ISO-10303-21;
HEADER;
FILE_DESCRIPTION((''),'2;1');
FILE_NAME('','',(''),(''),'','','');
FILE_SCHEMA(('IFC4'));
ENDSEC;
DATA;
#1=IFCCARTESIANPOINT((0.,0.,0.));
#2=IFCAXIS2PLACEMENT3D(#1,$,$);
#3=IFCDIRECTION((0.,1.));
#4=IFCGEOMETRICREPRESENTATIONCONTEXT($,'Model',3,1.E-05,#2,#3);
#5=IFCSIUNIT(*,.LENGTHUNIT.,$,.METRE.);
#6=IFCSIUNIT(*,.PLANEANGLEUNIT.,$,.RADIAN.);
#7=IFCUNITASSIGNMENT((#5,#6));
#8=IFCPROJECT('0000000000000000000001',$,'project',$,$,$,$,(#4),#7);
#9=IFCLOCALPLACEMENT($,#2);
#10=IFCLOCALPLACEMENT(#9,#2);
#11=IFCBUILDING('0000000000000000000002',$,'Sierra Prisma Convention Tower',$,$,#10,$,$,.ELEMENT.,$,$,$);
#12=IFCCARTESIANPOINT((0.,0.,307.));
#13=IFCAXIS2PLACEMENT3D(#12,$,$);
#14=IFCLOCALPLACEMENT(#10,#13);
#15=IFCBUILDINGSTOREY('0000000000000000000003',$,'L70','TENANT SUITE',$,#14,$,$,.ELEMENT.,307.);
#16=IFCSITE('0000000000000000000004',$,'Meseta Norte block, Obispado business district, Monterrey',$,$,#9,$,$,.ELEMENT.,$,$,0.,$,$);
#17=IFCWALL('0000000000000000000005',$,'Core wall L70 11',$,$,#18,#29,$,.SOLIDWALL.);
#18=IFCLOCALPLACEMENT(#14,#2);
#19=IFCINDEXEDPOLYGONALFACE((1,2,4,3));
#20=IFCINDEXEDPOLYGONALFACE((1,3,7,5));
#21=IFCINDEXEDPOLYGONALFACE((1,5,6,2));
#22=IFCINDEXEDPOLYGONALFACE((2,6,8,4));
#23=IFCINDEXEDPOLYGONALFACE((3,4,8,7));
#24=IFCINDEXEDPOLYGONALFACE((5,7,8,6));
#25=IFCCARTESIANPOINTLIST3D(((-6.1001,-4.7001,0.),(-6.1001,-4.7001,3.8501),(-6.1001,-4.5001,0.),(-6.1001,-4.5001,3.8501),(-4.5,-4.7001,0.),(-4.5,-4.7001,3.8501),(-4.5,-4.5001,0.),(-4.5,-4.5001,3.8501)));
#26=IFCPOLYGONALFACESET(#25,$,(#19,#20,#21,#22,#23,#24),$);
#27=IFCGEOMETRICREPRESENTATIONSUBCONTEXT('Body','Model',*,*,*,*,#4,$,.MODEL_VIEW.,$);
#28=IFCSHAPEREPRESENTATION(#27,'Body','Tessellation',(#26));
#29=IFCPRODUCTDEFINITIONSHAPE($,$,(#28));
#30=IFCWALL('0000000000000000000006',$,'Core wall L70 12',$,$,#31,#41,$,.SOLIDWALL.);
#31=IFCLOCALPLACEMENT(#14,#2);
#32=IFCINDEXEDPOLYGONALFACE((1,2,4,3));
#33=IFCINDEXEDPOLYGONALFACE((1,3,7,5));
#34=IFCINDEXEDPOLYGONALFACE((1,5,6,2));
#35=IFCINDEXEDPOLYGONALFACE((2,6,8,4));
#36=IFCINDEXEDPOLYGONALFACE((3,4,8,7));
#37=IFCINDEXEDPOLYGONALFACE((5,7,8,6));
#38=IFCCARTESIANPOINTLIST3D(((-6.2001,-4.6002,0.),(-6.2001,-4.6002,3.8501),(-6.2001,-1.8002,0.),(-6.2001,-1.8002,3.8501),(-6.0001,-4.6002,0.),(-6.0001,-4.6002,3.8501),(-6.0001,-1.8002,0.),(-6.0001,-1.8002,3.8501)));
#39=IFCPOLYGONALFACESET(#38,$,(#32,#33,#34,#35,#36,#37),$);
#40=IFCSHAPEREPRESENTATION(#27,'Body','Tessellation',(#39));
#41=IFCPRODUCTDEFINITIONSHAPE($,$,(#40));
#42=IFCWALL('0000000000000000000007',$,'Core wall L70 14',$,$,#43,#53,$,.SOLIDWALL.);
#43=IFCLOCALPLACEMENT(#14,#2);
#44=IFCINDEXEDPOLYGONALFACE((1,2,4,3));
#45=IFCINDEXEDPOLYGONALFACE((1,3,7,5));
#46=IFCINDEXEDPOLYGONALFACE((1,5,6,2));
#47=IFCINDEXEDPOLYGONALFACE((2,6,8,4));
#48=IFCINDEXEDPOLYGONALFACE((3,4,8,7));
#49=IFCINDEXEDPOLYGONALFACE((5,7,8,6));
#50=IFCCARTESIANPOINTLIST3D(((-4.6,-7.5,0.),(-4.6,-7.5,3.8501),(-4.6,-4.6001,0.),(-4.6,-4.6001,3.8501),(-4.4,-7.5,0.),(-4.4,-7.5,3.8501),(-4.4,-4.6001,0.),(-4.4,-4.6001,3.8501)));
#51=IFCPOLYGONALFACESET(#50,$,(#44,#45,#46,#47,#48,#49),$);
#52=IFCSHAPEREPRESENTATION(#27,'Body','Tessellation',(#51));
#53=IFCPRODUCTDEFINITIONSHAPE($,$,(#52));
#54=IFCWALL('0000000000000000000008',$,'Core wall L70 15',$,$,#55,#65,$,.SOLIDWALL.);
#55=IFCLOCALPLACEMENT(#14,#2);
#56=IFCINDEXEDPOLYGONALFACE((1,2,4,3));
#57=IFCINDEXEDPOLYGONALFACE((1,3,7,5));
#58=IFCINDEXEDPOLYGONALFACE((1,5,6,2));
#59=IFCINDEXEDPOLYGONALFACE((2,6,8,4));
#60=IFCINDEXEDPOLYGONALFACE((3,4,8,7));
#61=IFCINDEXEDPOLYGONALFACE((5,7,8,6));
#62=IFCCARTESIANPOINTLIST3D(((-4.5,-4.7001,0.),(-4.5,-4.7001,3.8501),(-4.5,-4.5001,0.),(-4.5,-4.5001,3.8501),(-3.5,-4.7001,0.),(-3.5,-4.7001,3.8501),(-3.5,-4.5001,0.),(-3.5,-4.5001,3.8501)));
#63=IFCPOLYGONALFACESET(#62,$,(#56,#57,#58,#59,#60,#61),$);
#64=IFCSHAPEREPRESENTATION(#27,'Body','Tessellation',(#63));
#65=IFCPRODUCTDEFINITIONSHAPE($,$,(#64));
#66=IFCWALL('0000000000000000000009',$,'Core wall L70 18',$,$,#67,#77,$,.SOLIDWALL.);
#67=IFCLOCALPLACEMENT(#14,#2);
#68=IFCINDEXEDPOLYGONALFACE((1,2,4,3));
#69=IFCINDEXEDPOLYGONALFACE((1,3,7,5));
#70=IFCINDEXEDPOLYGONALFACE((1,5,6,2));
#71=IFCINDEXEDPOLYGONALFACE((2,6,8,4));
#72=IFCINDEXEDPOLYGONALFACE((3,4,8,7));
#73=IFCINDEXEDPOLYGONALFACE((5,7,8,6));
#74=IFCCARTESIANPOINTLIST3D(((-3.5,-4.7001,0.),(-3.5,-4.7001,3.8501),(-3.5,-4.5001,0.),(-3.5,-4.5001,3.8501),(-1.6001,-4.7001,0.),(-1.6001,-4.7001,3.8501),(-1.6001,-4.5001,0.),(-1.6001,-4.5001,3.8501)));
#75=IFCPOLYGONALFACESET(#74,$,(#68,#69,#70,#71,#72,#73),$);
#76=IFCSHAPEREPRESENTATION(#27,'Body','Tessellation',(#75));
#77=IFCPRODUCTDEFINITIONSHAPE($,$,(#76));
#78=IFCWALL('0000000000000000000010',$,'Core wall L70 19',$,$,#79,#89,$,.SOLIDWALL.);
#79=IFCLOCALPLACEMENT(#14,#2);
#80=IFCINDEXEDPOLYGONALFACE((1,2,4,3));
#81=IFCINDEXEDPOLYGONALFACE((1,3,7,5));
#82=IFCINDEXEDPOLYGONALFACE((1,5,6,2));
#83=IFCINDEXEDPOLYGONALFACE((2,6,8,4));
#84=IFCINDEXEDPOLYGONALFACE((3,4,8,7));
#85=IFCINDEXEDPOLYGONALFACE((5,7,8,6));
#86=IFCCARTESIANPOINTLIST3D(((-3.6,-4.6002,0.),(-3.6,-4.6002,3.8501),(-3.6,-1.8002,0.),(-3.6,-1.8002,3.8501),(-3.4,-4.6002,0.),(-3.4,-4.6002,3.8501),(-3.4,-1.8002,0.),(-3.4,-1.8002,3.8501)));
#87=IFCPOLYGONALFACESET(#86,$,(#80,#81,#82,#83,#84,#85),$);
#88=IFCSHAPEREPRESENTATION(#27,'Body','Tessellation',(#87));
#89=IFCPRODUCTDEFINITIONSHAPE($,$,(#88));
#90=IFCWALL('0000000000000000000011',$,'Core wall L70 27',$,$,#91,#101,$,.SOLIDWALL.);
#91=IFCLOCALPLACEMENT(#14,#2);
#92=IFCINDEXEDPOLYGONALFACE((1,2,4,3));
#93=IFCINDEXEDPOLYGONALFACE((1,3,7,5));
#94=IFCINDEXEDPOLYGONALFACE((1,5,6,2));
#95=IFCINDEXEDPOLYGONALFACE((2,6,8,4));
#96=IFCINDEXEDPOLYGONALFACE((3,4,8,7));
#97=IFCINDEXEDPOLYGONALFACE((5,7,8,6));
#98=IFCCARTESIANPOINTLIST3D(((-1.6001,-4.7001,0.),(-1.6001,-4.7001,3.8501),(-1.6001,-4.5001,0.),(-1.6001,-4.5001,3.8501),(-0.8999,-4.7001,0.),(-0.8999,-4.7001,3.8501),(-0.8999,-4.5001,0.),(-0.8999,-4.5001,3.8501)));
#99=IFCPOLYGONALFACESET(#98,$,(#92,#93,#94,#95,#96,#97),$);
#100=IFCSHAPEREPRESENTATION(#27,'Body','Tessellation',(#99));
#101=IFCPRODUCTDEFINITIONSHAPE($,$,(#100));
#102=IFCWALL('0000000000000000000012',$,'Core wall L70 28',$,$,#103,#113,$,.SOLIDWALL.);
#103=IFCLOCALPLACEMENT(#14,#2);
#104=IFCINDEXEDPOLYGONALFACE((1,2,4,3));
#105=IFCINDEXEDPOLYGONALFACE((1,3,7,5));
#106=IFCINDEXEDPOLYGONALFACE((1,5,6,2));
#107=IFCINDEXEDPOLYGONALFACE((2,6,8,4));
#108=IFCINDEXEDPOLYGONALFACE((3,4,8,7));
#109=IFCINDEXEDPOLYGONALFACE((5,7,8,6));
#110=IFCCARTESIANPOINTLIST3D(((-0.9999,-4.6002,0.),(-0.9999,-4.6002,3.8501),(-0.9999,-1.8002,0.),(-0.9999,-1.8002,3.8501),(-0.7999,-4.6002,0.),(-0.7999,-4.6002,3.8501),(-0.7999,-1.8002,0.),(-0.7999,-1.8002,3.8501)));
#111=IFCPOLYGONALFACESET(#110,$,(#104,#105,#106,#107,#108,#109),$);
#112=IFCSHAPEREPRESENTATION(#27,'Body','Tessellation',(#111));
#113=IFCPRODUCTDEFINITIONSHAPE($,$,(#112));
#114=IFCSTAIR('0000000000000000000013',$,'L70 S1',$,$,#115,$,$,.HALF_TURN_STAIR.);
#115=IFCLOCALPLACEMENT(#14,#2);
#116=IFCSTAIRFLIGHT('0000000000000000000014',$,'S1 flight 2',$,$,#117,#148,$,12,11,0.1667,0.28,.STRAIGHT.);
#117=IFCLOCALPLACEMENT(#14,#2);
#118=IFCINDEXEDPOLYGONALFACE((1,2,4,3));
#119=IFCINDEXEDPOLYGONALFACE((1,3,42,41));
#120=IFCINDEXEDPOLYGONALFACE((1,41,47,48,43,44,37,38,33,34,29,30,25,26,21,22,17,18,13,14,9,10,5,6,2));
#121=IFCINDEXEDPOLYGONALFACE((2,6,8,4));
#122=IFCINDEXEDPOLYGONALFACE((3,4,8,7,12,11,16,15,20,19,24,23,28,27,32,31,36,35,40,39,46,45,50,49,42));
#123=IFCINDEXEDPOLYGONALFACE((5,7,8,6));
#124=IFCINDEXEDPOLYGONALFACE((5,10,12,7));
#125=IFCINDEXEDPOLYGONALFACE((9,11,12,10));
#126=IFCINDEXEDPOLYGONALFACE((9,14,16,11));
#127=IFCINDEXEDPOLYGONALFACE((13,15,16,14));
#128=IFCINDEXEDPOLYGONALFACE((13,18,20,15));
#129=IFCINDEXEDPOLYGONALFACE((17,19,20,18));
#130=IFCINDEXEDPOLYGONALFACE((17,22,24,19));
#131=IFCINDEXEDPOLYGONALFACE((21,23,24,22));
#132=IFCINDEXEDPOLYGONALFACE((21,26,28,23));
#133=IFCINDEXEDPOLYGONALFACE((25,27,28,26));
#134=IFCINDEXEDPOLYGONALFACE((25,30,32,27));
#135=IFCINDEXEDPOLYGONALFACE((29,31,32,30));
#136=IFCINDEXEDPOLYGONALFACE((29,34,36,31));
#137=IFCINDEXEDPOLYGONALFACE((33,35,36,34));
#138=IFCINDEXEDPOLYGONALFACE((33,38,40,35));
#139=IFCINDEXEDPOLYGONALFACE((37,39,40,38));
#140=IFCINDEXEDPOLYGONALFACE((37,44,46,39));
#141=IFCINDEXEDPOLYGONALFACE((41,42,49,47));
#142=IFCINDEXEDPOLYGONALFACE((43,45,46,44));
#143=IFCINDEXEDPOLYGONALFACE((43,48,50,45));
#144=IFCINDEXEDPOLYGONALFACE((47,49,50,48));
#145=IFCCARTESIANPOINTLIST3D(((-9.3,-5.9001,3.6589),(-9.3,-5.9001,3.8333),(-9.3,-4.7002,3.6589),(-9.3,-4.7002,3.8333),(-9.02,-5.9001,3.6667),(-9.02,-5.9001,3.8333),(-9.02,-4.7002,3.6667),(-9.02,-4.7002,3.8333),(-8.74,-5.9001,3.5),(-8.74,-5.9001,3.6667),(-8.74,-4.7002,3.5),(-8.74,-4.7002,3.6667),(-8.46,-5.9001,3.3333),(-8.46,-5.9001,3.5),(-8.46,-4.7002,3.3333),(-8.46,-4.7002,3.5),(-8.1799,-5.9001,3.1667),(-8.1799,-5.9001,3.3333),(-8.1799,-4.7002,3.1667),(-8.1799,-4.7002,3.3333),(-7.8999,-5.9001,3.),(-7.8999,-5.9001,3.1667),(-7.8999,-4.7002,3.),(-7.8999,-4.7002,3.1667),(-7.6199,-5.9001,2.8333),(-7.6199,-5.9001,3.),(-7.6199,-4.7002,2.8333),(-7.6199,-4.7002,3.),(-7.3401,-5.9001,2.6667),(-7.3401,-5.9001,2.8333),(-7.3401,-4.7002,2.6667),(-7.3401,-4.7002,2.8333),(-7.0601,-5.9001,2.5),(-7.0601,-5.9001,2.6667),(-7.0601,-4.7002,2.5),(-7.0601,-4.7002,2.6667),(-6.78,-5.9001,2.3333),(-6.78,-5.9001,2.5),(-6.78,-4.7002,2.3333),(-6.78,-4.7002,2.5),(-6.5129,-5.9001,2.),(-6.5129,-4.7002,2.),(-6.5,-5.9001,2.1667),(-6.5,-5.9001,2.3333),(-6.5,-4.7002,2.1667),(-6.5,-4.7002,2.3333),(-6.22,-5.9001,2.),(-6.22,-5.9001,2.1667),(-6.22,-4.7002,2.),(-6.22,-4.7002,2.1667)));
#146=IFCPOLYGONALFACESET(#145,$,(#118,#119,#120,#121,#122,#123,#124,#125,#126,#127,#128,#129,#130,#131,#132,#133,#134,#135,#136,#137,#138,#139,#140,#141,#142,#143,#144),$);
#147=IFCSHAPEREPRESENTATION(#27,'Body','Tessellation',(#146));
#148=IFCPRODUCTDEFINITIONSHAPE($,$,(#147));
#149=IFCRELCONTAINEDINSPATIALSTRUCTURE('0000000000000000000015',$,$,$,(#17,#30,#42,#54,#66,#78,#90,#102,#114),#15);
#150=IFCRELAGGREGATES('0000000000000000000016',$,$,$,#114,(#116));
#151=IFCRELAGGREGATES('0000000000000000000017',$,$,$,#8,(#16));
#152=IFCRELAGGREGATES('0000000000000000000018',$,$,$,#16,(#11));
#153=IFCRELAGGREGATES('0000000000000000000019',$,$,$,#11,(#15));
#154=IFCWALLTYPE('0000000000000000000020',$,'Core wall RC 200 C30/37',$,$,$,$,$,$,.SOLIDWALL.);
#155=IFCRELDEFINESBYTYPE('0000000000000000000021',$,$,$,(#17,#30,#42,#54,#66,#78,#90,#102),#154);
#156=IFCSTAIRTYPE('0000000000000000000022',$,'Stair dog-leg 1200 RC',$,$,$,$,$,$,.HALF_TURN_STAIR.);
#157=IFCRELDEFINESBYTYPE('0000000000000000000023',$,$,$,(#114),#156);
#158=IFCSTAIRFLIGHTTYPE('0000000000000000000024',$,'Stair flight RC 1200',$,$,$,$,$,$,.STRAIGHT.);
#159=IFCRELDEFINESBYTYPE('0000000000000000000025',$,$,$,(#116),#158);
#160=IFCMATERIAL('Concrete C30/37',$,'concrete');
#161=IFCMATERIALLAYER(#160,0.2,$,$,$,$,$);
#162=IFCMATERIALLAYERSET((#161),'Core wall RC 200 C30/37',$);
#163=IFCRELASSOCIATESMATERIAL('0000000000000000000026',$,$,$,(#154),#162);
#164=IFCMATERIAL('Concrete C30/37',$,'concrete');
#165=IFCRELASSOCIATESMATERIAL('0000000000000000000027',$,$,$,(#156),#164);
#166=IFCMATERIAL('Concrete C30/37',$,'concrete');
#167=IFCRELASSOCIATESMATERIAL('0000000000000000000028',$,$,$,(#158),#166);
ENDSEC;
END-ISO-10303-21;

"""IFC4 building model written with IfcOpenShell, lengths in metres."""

from ifc_helpers import new_model, si_unit, direction, frame, frame_2d, origin, place, context, subcontext, project, spatial, polyline, rectangle, outline, extrude, material, layer, layer_set, type_object, element, aggregate, save


model = new_model("IFC4")

# Units and contexts
model_context = context("Model", 3, precision=1e-05, world=origin(), true_north=direction((0.0, 1.0)))
body_context = subcontext(model_context, "Body", "Model", "MODEL_VIEW")
ifc_project = project(units=[si_unit("LENGTHUNIT", "METRE"), si_unit("PLANEANGLEUNIT", "RADIAN")], contexts=[model_context])

# Site, building, storey
site_placement = place(None, origin())
site = spatial("IfcSite", under=ifc_project, at=site_placement, Name="Meseta Norte block, Obispado business district, Monterrey", CompositionType="ELEMENT", RefElevation=0.0)
building_placement = place(site_placement, origin())
building = spatial("IfcBuilding", under=site, at=building_placement, Name="Sierra Prisma Convention Tower", CompositionType="ELEMENT")
storey_placement = place(building_placement, frame((0.0, 0.0, 307.0)))
storey = spatial("IfcBuildingStorey", under=building, at=storey_placement, Name="L70", Description="TENANT SUITE", CompositionType="ELEMENT", Elevation=307.0)

# Shared definitions
ifc_material_1 = material(Name="Concrete C30/37", Category="concrete")
ifc_layer_1 = layer(ifc_material_1, 0.2)
ifc_layer_set_1 = layer_set([ifc_layer_1], Name="Core wall RC 200 C30/37")
wall_type = type_object("IfcWallType", Name="Core wall RC 200 C30/37", PredefinedType="SOLIDWALL", material=ifc_layer_set_1)

# Walls
wall_1_placement = place(storey_placement, frame((-6.1001, -4.6001, 0.0), z_axis=(0.0, 0.0, 1.0), x_axis=(1.0, 0.0, 0.0)))
element("IfcWall", 1, at=wall_1_placement, inside=storey, type_object=wall_type, Name="Core wall L70 11", PredefinedType="SOLIDWALL", context=body_context, shape_type="SweptSolid", body=[
    extrude(rectangle(XDim=1.6001, YDim=0.2, at=frame_2d((0.8, 0.0))), origin(), (0.0, 0.0, 1.0), 3.8501),
])
wall_2_placement = place(storey_placement, frame((-6.1001, -4.6001, 0.0), z_axis=(0.0, 0.0, 1.0), x_axis=(0.0, 1.0, 0.0)))
element("IfcWall", 2, at=wall_2_placement, inside=storey, type_object=wall_type, Name="Core wall L70 12", PredefinedType="SOLIDWALL", context=body_context, shape_type="SweptSolid", body=[
    extrude(rectangle(XDim=2.8, YDim=0.2, at=frame_2d((1.3999, 0.0))), origin(), (0.0, 0.0, 1.0), 3.8501),
])

# Walls
wall_3_placement = place(storey_placement, frame((-4.5, -4.6001, 0.0), z_axis=(0.0, 0.0, 1.0), x_axis=(0.0, -1.0, 0.0)))
element("IfcWall", 3, at=wall_3_placement, inside=storey, type_object=wall_type, Name="Core wall L70 14", PredefinedType="SOLIDWALL", context=body_context, shape_type="SweptSolid", body=[
    extrude(rectangle(XDim=2.8999, YDim=0.2, at=frame_2d((1.45, 0.0))), origin(), (0.0, 0.0, 1.0), 3.8501),
])
wall_4_placement = place(storey_placement, frame((-4.5, -4.6001, 0.0), z_axis=(0.0, 0.0, 1.0), x_axis=(1.0, 0.0, 0.0)))
element("IfcWall", 4, at=wall_4_placement, inside=storey, type_object=wall_type, Name="Core wall L70 15", PredefinedType="SOLIDWALL", context=body_context, shape_type="SweptSolid", body=[
    extrude(rectangle(XDim=1.0, YDim=0.2, at=frame_2d((0.5, 0.0))), origin(), (0.0, 0.0, 1.0), 3.8501),
])
wall_5_placement = place(storey_placement, frame((-3.5, -4.6001, 0.0), z_axis=(0.0, 0.0, 1.0), x_axis=(1.0, 0.0, 0.0)))
element("IfcWall", 5, at=wall_5_placement, inside=storey, type_object=wall_type, Name="Core wall L70 18", PredefinedType="SOLIDWALL", context=body_context, shape_type="SweptSolid", body=[
    extrude(rectangle(XDim=1.8999, YDim=0.2, at=frame_2d((0.95, 0.0))), origin(), (0.0, 0.0, 1.0), 3.8501),
])
wall_6_placement = place(storey_placement, frame((-3.5, -4.6001, 0.0), z_axis=(0.0, 0.0, 1.0), x_axis=(0.0, 1.0, 0.0)))
element("IfcWall", 6, at=wall_6_placement, inside=storey, type_object=wall_type, Name="Core wall L70 19", PredefinedType="SOLIDWALL", context=body_context, shape_type="SweptSolid", body=[
    extrude(rectangle(XDim=2.8, YDim=0.2, at=frame_2d((1.3999, 0.0))), origin(), (0.0, 0.0, 1.0), 3.8501),
])

# Walls
wall_7_placement = place(storey_placement, frame((-1.6001, -4.6001, 0.0), z_axis=(0.0, 0.0, 1.0), x_axis=(1.0, 0.0, 0.0)))
element("IfcWall", 7, at=wall_7_placement, inside=storey, type_object=wall_type, Name="Core wall L70 27", PredefinedType="SOLIDWALL", context=body_context, shape_type="SweptSolid", body=[
    extrude(rectangle(XDim=0.7002, YDim=0.2, at=frame_2d((0.3501, 0.0))), origin(), (0.0, 0.0, 1.0), 3.8501),
])
wall_8_placement = place(storey_placement, frame((-0.8999, -4.6001, 0.0), z_axis=(0.0, 0.0, 1.0), x_axis=(0.0, 1.0, 0.0)))
element("IfcWall", 8, at=wall_8_placement, inside=storey, type_object=wall_type, Name="Core wall L70 28", PredefinedType="SOLIDWALL", context=body_context, shape_type="SweptSolid", body=[
    extrude(rectangle(XDim=2.8, YDim=0.2, at=frame_2d((1.3999, 0.0))), origin(), (0.0, 0.0, 1.0), 3.8501),
])

# Stair, stair flight
ifc_material_2 = material(Name="Concrete C30/37", Category="concrete")
stair_type = type_object("IfcStairType", Name="Stair dog-leg 1200 RC", PredefinedType="HALF_TURN_STAIR", material=ifc_material_2)
stair_placement = place(storey_placement, origin())
stair = element("IfcStair", 9, at=stair_placement, inside=storey, type_object=stair_type, Name="L70 S1", PredefinedType="HALF_TURN_STAIR")
ifc_material_3 = material(Name="Concrete C30/37", Category="concrete")
stair_flight_type = type_object("IfcStairFlightType", Name="Stair flight RC 1200", PredefinedType="STRAIGHT", material=ifc_material_3)
stair_flight_placement = place(storey_placement, frame((-6.22, -5.3, 2.0), z_axis=(0.0, 0.0, 1.0), x_axis=(-1.0, 0.0, 0.0)))
stair_flight = element("IfcStairFlight", 10, at=stair_flight_placement, type_object=stair_flight_type, Name="S1 flight 2", NumberOfRisers=12, NumberOfTreads=11, PredefinedType="STRAIGHT", RiserHeight=0.1667, TreadLength=0.28, context=body_context, shape_type="SweptSolid", body=[
    extrude(outline(polyline([(0.0, 0.0), (0.0, 0.1667), (0.28, 0.1667), (0.28, 0.3333), (0.5601, 0.3333), (0.5601, 0.5), (0.8401, 0.5), (0.8401, 0.6667), (1.1201, 0.6667), (1.1201, 0.8333), (1.3999, 0.8333), (1.3999, 1.0), (1.6799, 1.0), (1.6799, 1.1667), (1.96, 1.1667), (1.96, 1.3333), (2.24, 1.3333), (2.24, 1.5), (2.52, 1.5), (2.52, 1.6667), (2.8, 1.6667), (2.8, 1.8333), (3.0801, 1.8333), (3.0801, 2.0), (3.0801, 1.6589), (0.293, 0.0), (0.0, 0.0)])), frame((0.0, 0.6001, 0.0), z_axis=(0.0, -1.0, 0.0), x_axis=(1.0, 0.0, 0.0)), (0.0, 0.0, 1.0), 1.2),
])
aggregate(stair, [stair_flight])

save(model, "model.ifc")
